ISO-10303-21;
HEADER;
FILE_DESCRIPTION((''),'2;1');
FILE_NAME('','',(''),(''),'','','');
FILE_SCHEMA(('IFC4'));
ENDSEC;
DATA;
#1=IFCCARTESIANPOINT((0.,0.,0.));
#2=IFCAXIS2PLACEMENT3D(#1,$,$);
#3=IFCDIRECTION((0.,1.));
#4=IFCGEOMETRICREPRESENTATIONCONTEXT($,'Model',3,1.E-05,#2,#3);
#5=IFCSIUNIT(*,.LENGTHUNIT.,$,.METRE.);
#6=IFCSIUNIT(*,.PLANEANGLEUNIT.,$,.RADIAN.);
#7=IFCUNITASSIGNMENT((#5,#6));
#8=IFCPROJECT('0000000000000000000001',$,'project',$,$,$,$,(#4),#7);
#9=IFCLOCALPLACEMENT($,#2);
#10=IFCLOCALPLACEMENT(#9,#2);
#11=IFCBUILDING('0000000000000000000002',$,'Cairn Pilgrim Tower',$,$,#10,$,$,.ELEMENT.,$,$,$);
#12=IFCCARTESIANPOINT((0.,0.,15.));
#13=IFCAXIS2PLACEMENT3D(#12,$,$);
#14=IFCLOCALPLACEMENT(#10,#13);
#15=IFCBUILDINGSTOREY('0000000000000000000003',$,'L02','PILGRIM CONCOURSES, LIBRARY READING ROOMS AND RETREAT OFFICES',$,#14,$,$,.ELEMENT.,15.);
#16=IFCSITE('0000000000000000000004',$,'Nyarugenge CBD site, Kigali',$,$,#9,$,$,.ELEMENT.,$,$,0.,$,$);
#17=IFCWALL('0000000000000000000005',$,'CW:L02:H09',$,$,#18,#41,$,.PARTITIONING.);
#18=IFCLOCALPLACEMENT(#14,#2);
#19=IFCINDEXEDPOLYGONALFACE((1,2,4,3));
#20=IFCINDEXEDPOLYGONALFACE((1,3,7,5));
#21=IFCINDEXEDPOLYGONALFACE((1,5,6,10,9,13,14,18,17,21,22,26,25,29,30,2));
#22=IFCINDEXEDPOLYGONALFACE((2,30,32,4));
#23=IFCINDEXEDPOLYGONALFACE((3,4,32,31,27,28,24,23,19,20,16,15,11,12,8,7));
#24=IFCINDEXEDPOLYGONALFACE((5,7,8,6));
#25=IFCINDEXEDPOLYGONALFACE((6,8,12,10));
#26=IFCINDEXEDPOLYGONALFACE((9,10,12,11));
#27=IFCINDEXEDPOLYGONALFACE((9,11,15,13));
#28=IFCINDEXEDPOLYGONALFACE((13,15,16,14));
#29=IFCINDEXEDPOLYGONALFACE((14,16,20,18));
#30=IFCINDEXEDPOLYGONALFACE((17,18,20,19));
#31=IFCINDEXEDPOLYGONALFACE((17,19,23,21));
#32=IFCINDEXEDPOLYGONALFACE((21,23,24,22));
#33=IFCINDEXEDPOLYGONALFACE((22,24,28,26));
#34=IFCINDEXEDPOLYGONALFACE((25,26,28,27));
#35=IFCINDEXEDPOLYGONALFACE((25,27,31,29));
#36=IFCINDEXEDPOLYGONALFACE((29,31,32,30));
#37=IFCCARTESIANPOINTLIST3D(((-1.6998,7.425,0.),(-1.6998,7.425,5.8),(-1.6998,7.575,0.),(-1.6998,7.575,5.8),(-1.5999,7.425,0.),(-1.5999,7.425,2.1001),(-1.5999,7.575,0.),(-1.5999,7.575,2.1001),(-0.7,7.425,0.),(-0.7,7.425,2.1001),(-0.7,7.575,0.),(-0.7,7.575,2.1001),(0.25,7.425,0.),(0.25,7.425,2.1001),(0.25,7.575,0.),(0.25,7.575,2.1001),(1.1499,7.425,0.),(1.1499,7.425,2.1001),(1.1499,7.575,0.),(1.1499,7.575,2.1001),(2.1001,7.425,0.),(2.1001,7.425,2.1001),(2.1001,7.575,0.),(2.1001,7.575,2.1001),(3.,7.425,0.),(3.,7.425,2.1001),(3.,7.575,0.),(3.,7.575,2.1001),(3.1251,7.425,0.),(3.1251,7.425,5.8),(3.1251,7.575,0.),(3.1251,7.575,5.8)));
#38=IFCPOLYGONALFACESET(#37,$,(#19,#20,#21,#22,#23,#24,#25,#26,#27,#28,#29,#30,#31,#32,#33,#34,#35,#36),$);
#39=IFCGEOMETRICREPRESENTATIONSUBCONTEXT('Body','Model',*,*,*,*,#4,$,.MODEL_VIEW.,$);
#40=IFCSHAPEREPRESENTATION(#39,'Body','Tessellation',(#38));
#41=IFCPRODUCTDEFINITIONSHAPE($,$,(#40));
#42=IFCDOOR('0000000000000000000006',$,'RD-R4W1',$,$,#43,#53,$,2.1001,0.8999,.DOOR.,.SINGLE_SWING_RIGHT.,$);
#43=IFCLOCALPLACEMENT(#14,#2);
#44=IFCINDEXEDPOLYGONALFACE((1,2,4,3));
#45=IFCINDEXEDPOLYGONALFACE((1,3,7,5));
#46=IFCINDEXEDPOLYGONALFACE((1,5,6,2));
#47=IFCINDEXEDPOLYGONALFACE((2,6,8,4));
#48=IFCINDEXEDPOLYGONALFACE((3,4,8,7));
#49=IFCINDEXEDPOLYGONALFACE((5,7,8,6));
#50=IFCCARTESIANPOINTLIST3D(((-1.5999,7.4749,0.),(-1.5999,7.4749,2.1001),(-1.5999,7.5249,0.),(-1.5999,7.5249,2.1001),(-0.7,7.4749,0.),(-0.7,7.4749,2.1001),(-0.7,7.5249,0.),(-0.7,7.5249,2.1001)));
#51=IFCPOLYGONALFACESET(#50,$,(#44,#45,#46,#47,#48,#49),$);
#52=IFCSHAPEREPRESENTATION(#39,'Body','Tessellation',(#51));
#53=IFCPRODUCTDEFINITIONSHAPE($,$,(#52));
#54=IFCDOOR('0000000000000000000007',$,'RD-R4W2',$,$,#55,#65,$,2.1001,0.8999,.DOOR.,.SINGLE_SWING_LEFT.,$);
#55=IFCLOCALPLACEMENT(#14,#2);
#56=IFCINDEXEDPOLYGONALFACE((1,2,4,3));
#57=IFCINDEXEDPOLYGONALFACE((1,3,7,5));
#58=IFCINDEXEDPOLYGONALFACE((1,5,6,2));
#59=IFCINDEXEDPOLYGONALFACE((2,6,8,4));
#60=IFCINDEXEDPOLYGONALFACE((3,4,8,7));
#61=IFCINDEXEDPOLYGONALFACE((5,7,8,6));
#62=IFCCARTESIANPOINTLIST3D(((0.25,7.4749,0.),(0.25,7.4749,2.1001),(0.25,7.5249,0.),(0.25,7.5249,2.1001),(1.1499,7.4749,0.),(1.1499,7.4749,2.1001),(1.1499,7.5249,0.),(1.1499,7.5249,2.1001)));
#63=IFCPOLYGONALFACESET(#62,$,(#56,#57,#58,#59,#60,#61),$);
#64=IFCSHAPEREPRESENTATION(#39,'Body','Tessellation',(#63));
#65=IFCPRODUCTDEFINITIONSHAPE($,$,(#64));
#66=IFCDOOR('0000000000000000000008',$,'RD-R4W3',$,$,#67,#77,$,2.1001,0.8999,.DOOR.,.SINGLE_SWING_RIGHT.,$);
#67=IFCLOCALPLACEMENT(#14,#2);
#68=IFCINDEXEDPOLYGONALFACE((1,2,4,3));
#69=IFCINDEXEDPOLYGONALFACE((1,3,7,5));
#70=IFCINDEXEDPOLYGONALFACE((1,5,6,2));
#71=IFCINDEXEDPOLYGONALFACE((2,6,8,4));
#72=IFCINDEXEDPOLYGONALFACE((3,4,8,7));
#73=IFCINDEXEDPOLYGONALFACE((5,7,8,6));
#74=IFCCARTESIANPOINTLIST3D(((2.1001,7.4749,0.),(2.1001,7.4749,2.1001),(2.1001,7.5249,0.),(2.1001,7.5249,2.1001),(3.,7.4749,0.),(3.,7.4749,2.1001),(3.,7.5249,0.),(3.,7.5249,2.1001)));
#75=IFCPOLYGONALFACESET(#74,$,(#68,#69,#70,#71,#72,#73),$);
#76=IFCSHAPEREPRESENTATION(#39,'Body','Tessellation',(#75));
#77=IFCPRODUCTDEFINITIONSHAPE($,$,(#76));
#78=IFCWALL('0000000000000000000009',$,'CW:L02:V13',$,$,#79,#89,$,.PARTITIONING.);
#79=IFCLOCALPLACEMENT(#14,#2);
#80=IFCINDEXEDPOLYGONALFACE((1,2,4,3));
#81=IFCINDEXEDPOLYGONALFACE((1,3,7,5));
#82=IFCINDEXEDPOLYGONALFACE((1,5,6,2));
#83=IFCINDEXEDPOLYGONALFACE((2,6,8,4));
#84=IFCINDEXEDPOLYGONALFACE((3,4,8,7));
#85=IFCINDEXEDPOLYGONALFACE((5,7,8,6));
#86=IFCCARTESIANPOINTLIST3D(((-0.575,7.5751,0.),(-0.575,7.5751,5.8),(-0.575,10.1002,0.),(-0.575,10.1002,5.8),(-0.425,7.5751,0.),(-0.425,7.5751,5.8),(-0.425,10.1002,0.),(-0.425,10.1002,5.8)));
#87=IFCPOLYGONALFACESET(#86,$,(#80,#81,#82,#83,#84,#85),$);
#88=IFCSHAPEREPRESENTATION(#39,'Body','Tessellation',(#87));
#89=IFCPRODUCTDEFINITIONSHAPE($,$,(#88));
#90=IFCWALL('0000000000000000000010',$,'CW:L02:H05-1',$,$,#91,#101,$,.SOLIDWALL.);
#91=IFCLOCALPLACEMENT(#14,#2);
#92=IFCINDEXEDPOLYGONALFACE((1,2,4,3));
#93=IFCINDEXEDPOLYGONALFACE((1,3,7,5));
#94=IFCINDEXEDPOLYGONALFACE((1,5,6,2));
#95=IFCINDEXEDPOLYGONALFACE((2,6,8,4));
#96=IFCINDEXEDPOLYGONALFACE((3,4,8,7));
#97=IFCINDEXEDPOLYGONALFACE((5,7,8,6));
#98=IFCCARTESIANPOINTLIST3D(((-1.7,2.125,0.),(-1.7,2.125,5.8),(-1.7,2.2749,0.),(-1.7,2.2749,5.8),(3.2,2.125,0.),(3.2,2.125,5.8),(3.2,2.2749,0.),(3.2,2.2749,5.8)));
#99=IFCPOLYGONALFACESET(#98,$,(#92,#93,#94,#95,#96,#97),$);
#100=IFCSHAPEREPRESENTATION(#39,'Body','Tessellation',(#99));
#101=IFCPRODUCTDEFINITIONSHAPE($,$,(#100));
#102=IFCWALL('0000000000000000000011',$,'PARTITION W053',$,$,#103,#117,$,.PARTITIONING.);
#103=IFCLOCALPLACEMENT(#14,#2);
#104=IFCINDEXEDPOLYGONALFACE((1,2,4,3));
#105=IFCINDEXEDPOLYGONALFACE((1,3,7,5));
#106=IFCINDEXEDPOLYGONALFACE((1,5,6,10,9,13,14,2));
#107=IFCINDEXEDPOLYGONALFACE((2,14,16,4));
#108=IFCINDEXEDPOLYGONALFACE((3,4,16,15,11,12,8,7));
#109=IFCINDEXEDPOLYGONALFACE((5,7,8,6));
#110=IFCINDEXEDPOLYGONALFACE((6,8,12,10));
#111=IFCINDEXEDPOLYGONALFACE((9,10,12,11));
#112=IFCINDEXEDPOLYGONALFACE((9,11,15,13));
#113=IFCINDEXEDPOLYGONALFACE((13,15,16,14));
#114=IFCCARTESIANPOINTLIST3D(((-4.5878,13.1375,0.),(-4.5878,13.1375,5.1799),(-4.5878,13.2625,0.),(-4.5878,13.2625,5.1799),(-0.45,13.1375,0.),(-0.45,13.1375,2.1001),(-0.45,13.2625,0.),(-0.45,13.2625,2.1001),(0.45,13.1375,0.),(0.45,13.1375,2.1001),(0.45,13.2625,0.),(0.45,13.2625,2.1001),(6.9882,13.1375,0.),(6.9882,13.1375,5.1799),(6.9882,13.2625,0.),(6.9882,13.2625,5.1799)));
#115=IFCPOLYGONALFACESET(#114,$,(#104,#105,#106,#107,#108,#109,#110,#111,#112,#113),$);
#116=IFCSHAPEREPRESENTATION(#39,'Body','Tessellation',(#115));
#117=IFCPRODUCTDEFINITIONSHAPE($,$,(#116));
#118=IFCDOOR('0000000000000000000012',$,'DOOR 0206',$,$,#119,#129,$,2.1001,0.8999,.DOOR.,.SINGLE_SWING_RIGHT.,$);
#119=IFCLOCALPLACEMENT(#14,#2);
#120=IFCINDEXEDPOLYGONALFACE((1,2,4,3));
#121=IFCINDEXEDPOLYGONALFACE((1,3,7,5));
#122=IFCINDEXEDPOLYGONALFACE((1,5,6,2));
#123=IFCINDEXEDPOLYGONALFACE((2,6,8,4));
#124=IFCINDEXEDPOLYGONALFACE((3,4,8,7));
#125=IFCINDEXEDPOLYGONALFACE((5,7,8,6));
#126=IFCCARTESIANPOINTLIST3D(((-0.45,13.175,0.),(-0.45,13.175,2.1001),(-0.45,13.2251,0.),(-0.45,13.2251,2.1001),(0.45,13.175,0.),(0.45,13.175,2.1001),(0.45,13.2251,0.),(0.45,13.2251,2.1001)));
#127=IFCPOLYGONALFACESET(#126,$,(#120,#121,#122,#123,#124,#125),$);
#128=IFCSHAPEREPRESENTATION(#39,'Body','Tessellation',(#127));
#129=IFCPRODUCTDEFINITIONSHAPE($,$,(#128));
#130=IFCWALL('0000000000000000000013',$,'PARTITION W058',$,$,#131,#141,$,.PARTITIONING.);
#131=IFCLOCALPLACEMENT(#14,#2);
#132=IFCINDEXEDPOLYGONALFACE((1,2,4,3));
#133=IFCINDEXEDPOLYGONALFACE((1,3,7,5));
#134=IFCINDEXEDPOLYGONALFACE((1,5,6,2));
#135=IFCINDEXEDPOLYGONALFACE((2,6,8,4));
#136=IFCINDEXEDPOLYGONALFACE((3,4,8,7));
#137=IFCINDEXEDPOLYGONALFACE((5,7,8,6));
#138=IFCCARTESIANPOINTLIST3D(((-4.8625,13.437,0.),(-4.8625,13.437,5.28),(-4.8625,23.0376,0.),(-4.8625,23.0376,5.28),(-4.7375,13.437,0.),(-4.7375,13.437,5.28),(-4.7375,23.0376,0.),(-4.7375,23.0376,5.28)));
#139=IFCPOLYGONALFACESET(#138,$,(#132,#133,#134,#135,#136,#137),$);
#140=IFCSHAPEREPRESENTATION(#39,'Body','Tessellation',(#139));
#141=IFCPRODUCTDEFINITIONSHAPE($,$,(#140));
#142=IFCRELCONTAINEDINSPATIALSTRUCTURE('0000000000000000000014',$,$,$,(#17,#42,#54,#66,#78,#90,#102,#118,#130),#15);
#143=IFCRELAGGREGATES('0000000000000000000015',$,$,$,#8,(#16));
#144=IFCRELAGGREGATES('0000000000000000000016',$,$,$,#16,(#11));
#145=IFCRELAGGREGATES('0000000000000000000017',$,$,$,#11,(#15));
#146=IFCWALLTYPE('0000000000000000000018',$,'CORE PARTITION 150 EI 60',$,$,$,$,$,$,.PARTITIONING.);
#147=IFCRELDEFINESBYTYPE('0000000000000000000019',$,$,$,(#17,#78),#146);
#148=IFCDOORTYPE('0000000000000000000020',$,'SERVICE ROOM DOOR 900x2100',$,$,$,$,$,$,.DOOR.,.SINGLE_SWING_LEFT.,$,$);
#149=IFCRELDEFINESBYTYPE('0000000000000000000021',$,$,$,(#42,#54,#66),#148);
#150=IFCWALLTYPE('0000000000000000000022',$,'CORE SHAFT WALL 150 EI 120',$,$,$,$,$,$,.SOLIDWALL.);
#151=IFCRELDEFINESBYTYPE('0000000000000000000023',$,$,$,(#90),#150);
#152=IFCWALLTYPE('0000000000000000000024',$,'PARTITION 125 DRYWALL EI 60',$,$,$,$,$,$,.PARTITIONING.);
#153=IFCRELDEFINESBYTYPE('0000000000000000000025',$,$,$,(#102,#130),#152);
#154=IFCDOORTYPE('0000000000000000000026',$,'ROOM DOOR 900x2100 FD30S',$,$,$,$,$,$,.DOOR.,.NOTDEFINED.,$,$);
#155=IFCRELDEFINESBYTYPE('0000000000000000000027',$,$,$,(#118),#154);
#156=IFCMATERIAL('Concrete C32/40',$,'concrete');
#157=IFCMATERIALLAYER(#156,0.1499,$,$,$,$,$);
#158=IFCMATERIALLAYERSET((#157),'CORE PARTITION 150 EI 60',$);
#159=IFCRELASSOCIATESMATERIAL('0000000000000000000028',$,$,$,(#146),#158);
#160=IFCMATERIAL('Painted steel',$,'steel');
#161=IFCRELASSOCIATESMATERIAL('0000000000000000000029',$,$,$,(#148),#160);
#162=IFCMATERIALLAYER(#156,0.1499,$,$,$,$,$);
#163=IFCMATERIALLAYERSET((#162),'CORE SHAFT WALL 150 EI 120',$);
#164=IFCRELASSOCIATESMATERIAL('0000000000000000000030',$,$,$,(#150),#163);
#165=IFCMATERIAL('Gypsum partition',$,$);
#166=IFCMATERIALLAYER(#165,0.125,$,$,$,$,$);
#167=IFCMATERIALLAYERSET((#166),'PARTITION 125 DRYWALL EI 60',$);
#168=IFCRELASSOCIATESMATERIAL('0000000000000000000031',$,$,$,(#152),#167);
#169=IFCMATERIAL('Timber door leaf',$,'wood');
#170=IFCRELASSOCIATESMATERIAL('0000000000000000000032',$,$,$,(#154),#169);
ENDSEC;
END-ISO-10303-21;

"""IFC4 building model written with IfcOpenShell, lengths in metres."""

from ifc_helpers import new_model, si_unit, direction, frame, frame_2d, origin, place, context, subcontext, project, spatial, rectangle, extrude, material, layer, layer_set, type_object, element, fill, save


model = new_model("IFC4")

# Units and contexts
model_context = context("Model", 3, precision=1e-05, world=origin(), true_north=direction((0.0, 1.0)))
body_context = subcontext(model_context, "Body", "Model", "MODEL_VIEW")
ifc_project = project(units=[si_unit("LENGTHUNIT", "METRE"), si_unit("PLANEANGLEUNIT", "RADIAN")], contexts=[model_context])

# Site, building, storey
site_placement = place(None, origin())
site = spatial("IfcSite", under=ifc_project, at=site_placement, Name="Nyarugenge CBD site, Kigali", CompositionType="ELEMENT", RefElevation=0.0)
building_placement = place(site_placement, origin())
building = spatial("IfcBuilding", under=site, at=building_placement, Name="Cairn Pilgrim Tower", CompositionType="ELEMENT")
storey_placement = place(building_placement, frame((0.0, 0.0, 15.0)))
storey = spatial("IfcBuildingStorey", under=building, at=storey_placement, Name="L02", Description="PILGRIM CONCOURSES, LIBRARY READING ROOMS AND RETREAT OFFICES", CompositionType="ELEMENT", Elevation=15.0)

# Shared definitions
ifc_material_1 = material(Name="Concrete C32/40", Category="concrete")

# Wall, openings, doors
ifc_layer_1 = layer(ifc_material_1, 0.1499)
ifc_layer_set_1 = layer_set([ifc_layer_1], Name="CORE PARTITION 150 EI 60")
wall_type_1 = type_object("IfcWallType", Name="CORE PARTITION 150 EI 60", PredefinedType="PARTITIONING", material=ifc_layer_set_1)
ifc_material_2 = material(Name="Painted steel", Category="steel")
door_type_1 = type_object("IfcDoorType", Name="SERVICE ROOM DOOR 900x2100", OperationType="SINGLE_SWING_LEFT", PredefinedType="DOOR", material=ifc_material_2)
wall_1_placement = place(storey_placement, frame((-1.7, 7.5, 0.0), z_axis=(0.0, 0.0, 1.0), x_axis=(1.0, 0.0, 0.0)))
wall_1 = element("IfcWall", 1, at=wall_1_placement, inside=storey, type_object=wall_type_1, Name="CW:L02:H09", PredefinedType="PARTITIONING", context=body_context, shape_type="SweptSolid", body=[
    extrude(rectangle(XDim=4.825, YDim=0.1499, at=frame_2d((2.4126, 0.0))), origin(), (0.0, 0.0, 1.0), 5.8),
])
opening_1_placement = place(wall_1_placement, frame((0.1001, 0.0, 0.0)))
opening_1 = element("IfcOpeningElement", 2, at=opening_1_placement, cuts=wall_1, PredefinedType="OPENING", context=body_context, shape_type="SweptSolid", body=[
    extrude(rectangle(XDim=0.8999, YDim=2.1001, at=frame_2d((0.45, 1.05))), frame((0.0, 0.085, 0.0), z_axis=(0.0, -1.0, 0.0), x_axis=(1.0, 0.0, 0.0)), (0.0, 0.0, 1.0), 0.1699),
])
opening_2_placement = place(wall_1_placement, frame((1.95, 0.0, 0.0)))
opening_2 = element("IfcOpeningElement", 3, at=opening_2_placement, cuts=wall_1, PredefinedType="OPENING", context=body_context, shape_type="SweptSolid", body=[
    extrude(rectangle(XDim=0.8999, YDim=2.1001, at=frame_2d((0.45, 1.05))), frame((0.0, 0.085, 0.0), z_axis=(0.0, -1.0, 0.0), x_axis=(1.0, 0.0, 0.0)), (0.0, 0.0, 1.0), 0.1699),
])
opening_3_placement = place(wall_1_placement, frame((3.8, 0.0, 0.0)))
opening_3 = element("IfcOpeningElement", 4, at=opening_3_placement, cuts=wall_1, PredefinedType="OPENING", context=body_context, shape_type="SweptSolid", body=[
    extrude(rectangle(XDim=0.8999, YDim=2.1001, at=frame_2d((0.45, 1.05))), frame((0.0, 0.085, 0.0), z_axis=(0.0, -1.0, 0.0), x_axis=(1.0, 0.0, 0.0)), (0.0, 0.0, 1.0), 0.1699),
])
door_1_placement = place(opening_1_placement, origin())
door_1 = element("IfcDoor", 5, at=door_1_placement, inside=storey, type_object=door_type_1, Name="RD-R4W1", OperationType="SINGLE_SWING_RIGHT", OverallHeight=2.1001, OverallWidth=0.8999, PredefinedType="DOOR", context=body_context, shape_type="SweptSolid", body=[
    extrude(rectangle(XDim=0.8999, YDim=2.1001, at=frame_2d((0.45, 1.05))), frame((0.0, 0.0249, 0.0), z_axis=(0.0, -1.0, 0.0), x_axis=(1.0, 0.0, 0.0)), (0.0, 0.0, 1.0), 0.05),
])
fill(opening_1, door_1)
door_2_placement = place(opening_2_placement, origin())
door_2 = element("IfcDoor", 6, at=door_2_placement, inside=storey, type_object=door_type_1, Name="RD-R4W2", OperationType="SINGLE_SWING_LEFT", OverallHeight=2.1001, OverallWidth=0.8999, PredefinedType="DOOR", context=body_context, shape_type="SweptSolid", body=[
    extrude(rectangle(XDim=0.8999, YDim=2.1001, at=frame_2d((0.45, 1.05))), frame((0.0, 0.0249, 0.0), z_axis=(0.0, -1.0, 0.0), x_axis=(1.0, 0.0, 0.0)), (0.0, 0.0, 1.0), 0.05),
])
fill(opening_2, door_2)
door_3_placement = place(opening_3_placement, origin())
door_3 = element("IfcDoor", 7, at=door_3_placement, inside=storey, type_object=door_type_1, Name="RD-R4W3", OperationType="SINGLE_SWING_RIGHT", OverallHeight=2.1001, OverallWidth=0.8999, PredefinedType="DOOR", context=body_context, shape_type="SweptSolid", body=[
    extrude(rectangle(XDim=0.8999, YDim=2.1001, at=frame_2d((0.45, 1.05))), frame((0.0, 0.0249, 0.0), z_axis=(0.0, -1.0, 0.0), x_axis=(1.0, 0.0, 0.0)), (0.0, 0.0, 1.0), 0.05),
])
fill(opening_3, door_3)

# Walls
wall_2_placement = place(storey_placement, frame((-0.5, 7.575, 0.0), z_axis=(0.0, 0.0, 1.0), x_axis=(0.0, 1.0, 0.0)))
element("IfcWall", 8, at=wall_2_placement, inside=storey, type_object=wall_type_1, Name="CW:L02:V13", PredefinedType="PARTITIONING", context=body_context, shape_type="SweptSolid", body=[
    extrude(rectangle(XDim=2.5251, YDim=0.1499, at=frame_2d((1.2627, 0.0))), origin(), (0.0, 0.0, 1.0), 5.8),
])
ifc_layer_2 = layer(ifc_material_1, 0.1499)
ifc_layer_set_2 = layer_set([ifc_layer_2], Name="CORE SHAFT WALL 150 EI 120")
wall_type_2 = type_object("IfcWallType", Name="CORE SHAFT WALL 150 EI 120", PredefinedType="SOLIDWALL", material=ifc_layer_set_2)
wall_3_placement = place(storey_placement, frame((-1.7, 2.2, 0.0), z_axis=(0.0, 0.0, 1.0), x_axis=(1.0, 0.0, 0.0)))
element("IfcWall", 9, at=wall_3_placement, inside=storey, type_object=wall_type_2, Name="CW:L02:H05-1", PredefinedType="SOLIDWALL", context=body_context, shape_type="SweptSolid", body=[
    extrude(rectangle(XDim=4.8999, YDim=0.1499, at=frame_2d((2.45, 0.0))), origin(), (0.0, 0.0, 1.0), 5.8),
])

# Wall, opening, door
ifc_material_3 = material(Name="Gypsum partition")
ifc_layer_3 = layer(ifc_material_3, 0.125)
ifc_layer_set_3 = layer_set([ifc_layer_3], Name="PARTITION 125 DRYWALL EI 60")
wall_type_3 = type_object("IfcWallType", Name="PARTITION 125 DRYWALL EI 60", PredefinedType="PARTITIONING", material=ifc_layer_set_3)
wall_4_placement = place(storey_placement, frame((-4.5879, 13.2, 0.0), z_axis=(0.0, 0.0, 1.0), x_axis=(1.0, 0.0, 0.0)))
wall_4 = element("IfcWall", 10, at=wall_4_placement, inside=storey, type_object=wall_type_3, Name="PARTITION W053", PredefinedType="PARTITIONING", context=body_context, shape_type="SweptSolid", body=[
    extrude(rectangle(XDim=11.5759, YDim=0.125, at=frame_2d((5.7881, 0.0))), origin(), (0.0, 0.0, 1.0), 5.1799),
])
opening_4_placement = place(wall_4_placement, frame((4.1379, 0.0, 0.0)))
opening_4 = element("IfcOpeningElement", 11, at=opening_4_placement, cuts=wall_4, PredefinedType="OPENING", context=body_context, shape_type="SweptSolid", body=[
    extrude(rectangle(XDim=0.8999, YDim=2.1001, at=frame_2d((0.45, 1.05))), frame((0.0, 0.0725, 0.0), z_axis=(0.0, -1.0, 0.0), x_axis=(1.0, 0.0, 0.0)), (0.0, 0.0, 1.0), 0.145),
])
ifc_material_4 = material(Name="Timber door leaf", Category="wood")
door_type_2 = type_object("IfcDoorType", Name="ROOM DOOR 900x2100 FD30S", OperationType="NOTDEFINED", PredefinedType="DOOR", material=ifc_material_4)
door_4_placement = place(opening_4_placement, frame((0.8999, 0.0, 0.0), z_axis=(0.0, 0.0, 1.0), x_axis=(-1.0, 0.0, 0.0)))
door_4 = element("IfcDoor", 12, at=door_4_placement, inside=storey, type_object=door_type_2, Name="DOOR 0206", OperationType="SINGLE_SWING_RIGHT", OverallHeight=2.1001, OverallWidth=0.8999, PredefinedType="DOOR", context=body_context, shape_type="SweptSolid", body=[
    extrude(rectangle(XDim=0.8999, YDim=2.1001, at=frame_2d((0.45, 1.05))), frame((0.0, 0.0249, 0.0), z_axis=(0.0, -1.0, 0.0), x_axis=(1.0, 0.0, 0.0)), (0.0, 0.0, 1.0), 0.05),
])
fill(opening_4, door_4)

# Wall
wall_5_placement = place(storey_placement, frame((-4.8, 13.437, 0.0), z_axis=(0.0, 0.0, 1.0), x_axis=(0.0, 1.0, 0.0)))
element("IfcWall", 13, at=wall_5_placement, inside=storey, type_object=wall_type_3, Name="PARTITION W058", PredefinedType="PARTITIONING", context=body_context, shape_type="SweptSolid", body=[
    extrude(rectangle(XDim=9.6006, YDim=0.125, at=frame_2d((4.8003, 0.0))), origin(), (0.0, 0.0, 1.0), 5.28),
])

save(model, "model.ifc")
